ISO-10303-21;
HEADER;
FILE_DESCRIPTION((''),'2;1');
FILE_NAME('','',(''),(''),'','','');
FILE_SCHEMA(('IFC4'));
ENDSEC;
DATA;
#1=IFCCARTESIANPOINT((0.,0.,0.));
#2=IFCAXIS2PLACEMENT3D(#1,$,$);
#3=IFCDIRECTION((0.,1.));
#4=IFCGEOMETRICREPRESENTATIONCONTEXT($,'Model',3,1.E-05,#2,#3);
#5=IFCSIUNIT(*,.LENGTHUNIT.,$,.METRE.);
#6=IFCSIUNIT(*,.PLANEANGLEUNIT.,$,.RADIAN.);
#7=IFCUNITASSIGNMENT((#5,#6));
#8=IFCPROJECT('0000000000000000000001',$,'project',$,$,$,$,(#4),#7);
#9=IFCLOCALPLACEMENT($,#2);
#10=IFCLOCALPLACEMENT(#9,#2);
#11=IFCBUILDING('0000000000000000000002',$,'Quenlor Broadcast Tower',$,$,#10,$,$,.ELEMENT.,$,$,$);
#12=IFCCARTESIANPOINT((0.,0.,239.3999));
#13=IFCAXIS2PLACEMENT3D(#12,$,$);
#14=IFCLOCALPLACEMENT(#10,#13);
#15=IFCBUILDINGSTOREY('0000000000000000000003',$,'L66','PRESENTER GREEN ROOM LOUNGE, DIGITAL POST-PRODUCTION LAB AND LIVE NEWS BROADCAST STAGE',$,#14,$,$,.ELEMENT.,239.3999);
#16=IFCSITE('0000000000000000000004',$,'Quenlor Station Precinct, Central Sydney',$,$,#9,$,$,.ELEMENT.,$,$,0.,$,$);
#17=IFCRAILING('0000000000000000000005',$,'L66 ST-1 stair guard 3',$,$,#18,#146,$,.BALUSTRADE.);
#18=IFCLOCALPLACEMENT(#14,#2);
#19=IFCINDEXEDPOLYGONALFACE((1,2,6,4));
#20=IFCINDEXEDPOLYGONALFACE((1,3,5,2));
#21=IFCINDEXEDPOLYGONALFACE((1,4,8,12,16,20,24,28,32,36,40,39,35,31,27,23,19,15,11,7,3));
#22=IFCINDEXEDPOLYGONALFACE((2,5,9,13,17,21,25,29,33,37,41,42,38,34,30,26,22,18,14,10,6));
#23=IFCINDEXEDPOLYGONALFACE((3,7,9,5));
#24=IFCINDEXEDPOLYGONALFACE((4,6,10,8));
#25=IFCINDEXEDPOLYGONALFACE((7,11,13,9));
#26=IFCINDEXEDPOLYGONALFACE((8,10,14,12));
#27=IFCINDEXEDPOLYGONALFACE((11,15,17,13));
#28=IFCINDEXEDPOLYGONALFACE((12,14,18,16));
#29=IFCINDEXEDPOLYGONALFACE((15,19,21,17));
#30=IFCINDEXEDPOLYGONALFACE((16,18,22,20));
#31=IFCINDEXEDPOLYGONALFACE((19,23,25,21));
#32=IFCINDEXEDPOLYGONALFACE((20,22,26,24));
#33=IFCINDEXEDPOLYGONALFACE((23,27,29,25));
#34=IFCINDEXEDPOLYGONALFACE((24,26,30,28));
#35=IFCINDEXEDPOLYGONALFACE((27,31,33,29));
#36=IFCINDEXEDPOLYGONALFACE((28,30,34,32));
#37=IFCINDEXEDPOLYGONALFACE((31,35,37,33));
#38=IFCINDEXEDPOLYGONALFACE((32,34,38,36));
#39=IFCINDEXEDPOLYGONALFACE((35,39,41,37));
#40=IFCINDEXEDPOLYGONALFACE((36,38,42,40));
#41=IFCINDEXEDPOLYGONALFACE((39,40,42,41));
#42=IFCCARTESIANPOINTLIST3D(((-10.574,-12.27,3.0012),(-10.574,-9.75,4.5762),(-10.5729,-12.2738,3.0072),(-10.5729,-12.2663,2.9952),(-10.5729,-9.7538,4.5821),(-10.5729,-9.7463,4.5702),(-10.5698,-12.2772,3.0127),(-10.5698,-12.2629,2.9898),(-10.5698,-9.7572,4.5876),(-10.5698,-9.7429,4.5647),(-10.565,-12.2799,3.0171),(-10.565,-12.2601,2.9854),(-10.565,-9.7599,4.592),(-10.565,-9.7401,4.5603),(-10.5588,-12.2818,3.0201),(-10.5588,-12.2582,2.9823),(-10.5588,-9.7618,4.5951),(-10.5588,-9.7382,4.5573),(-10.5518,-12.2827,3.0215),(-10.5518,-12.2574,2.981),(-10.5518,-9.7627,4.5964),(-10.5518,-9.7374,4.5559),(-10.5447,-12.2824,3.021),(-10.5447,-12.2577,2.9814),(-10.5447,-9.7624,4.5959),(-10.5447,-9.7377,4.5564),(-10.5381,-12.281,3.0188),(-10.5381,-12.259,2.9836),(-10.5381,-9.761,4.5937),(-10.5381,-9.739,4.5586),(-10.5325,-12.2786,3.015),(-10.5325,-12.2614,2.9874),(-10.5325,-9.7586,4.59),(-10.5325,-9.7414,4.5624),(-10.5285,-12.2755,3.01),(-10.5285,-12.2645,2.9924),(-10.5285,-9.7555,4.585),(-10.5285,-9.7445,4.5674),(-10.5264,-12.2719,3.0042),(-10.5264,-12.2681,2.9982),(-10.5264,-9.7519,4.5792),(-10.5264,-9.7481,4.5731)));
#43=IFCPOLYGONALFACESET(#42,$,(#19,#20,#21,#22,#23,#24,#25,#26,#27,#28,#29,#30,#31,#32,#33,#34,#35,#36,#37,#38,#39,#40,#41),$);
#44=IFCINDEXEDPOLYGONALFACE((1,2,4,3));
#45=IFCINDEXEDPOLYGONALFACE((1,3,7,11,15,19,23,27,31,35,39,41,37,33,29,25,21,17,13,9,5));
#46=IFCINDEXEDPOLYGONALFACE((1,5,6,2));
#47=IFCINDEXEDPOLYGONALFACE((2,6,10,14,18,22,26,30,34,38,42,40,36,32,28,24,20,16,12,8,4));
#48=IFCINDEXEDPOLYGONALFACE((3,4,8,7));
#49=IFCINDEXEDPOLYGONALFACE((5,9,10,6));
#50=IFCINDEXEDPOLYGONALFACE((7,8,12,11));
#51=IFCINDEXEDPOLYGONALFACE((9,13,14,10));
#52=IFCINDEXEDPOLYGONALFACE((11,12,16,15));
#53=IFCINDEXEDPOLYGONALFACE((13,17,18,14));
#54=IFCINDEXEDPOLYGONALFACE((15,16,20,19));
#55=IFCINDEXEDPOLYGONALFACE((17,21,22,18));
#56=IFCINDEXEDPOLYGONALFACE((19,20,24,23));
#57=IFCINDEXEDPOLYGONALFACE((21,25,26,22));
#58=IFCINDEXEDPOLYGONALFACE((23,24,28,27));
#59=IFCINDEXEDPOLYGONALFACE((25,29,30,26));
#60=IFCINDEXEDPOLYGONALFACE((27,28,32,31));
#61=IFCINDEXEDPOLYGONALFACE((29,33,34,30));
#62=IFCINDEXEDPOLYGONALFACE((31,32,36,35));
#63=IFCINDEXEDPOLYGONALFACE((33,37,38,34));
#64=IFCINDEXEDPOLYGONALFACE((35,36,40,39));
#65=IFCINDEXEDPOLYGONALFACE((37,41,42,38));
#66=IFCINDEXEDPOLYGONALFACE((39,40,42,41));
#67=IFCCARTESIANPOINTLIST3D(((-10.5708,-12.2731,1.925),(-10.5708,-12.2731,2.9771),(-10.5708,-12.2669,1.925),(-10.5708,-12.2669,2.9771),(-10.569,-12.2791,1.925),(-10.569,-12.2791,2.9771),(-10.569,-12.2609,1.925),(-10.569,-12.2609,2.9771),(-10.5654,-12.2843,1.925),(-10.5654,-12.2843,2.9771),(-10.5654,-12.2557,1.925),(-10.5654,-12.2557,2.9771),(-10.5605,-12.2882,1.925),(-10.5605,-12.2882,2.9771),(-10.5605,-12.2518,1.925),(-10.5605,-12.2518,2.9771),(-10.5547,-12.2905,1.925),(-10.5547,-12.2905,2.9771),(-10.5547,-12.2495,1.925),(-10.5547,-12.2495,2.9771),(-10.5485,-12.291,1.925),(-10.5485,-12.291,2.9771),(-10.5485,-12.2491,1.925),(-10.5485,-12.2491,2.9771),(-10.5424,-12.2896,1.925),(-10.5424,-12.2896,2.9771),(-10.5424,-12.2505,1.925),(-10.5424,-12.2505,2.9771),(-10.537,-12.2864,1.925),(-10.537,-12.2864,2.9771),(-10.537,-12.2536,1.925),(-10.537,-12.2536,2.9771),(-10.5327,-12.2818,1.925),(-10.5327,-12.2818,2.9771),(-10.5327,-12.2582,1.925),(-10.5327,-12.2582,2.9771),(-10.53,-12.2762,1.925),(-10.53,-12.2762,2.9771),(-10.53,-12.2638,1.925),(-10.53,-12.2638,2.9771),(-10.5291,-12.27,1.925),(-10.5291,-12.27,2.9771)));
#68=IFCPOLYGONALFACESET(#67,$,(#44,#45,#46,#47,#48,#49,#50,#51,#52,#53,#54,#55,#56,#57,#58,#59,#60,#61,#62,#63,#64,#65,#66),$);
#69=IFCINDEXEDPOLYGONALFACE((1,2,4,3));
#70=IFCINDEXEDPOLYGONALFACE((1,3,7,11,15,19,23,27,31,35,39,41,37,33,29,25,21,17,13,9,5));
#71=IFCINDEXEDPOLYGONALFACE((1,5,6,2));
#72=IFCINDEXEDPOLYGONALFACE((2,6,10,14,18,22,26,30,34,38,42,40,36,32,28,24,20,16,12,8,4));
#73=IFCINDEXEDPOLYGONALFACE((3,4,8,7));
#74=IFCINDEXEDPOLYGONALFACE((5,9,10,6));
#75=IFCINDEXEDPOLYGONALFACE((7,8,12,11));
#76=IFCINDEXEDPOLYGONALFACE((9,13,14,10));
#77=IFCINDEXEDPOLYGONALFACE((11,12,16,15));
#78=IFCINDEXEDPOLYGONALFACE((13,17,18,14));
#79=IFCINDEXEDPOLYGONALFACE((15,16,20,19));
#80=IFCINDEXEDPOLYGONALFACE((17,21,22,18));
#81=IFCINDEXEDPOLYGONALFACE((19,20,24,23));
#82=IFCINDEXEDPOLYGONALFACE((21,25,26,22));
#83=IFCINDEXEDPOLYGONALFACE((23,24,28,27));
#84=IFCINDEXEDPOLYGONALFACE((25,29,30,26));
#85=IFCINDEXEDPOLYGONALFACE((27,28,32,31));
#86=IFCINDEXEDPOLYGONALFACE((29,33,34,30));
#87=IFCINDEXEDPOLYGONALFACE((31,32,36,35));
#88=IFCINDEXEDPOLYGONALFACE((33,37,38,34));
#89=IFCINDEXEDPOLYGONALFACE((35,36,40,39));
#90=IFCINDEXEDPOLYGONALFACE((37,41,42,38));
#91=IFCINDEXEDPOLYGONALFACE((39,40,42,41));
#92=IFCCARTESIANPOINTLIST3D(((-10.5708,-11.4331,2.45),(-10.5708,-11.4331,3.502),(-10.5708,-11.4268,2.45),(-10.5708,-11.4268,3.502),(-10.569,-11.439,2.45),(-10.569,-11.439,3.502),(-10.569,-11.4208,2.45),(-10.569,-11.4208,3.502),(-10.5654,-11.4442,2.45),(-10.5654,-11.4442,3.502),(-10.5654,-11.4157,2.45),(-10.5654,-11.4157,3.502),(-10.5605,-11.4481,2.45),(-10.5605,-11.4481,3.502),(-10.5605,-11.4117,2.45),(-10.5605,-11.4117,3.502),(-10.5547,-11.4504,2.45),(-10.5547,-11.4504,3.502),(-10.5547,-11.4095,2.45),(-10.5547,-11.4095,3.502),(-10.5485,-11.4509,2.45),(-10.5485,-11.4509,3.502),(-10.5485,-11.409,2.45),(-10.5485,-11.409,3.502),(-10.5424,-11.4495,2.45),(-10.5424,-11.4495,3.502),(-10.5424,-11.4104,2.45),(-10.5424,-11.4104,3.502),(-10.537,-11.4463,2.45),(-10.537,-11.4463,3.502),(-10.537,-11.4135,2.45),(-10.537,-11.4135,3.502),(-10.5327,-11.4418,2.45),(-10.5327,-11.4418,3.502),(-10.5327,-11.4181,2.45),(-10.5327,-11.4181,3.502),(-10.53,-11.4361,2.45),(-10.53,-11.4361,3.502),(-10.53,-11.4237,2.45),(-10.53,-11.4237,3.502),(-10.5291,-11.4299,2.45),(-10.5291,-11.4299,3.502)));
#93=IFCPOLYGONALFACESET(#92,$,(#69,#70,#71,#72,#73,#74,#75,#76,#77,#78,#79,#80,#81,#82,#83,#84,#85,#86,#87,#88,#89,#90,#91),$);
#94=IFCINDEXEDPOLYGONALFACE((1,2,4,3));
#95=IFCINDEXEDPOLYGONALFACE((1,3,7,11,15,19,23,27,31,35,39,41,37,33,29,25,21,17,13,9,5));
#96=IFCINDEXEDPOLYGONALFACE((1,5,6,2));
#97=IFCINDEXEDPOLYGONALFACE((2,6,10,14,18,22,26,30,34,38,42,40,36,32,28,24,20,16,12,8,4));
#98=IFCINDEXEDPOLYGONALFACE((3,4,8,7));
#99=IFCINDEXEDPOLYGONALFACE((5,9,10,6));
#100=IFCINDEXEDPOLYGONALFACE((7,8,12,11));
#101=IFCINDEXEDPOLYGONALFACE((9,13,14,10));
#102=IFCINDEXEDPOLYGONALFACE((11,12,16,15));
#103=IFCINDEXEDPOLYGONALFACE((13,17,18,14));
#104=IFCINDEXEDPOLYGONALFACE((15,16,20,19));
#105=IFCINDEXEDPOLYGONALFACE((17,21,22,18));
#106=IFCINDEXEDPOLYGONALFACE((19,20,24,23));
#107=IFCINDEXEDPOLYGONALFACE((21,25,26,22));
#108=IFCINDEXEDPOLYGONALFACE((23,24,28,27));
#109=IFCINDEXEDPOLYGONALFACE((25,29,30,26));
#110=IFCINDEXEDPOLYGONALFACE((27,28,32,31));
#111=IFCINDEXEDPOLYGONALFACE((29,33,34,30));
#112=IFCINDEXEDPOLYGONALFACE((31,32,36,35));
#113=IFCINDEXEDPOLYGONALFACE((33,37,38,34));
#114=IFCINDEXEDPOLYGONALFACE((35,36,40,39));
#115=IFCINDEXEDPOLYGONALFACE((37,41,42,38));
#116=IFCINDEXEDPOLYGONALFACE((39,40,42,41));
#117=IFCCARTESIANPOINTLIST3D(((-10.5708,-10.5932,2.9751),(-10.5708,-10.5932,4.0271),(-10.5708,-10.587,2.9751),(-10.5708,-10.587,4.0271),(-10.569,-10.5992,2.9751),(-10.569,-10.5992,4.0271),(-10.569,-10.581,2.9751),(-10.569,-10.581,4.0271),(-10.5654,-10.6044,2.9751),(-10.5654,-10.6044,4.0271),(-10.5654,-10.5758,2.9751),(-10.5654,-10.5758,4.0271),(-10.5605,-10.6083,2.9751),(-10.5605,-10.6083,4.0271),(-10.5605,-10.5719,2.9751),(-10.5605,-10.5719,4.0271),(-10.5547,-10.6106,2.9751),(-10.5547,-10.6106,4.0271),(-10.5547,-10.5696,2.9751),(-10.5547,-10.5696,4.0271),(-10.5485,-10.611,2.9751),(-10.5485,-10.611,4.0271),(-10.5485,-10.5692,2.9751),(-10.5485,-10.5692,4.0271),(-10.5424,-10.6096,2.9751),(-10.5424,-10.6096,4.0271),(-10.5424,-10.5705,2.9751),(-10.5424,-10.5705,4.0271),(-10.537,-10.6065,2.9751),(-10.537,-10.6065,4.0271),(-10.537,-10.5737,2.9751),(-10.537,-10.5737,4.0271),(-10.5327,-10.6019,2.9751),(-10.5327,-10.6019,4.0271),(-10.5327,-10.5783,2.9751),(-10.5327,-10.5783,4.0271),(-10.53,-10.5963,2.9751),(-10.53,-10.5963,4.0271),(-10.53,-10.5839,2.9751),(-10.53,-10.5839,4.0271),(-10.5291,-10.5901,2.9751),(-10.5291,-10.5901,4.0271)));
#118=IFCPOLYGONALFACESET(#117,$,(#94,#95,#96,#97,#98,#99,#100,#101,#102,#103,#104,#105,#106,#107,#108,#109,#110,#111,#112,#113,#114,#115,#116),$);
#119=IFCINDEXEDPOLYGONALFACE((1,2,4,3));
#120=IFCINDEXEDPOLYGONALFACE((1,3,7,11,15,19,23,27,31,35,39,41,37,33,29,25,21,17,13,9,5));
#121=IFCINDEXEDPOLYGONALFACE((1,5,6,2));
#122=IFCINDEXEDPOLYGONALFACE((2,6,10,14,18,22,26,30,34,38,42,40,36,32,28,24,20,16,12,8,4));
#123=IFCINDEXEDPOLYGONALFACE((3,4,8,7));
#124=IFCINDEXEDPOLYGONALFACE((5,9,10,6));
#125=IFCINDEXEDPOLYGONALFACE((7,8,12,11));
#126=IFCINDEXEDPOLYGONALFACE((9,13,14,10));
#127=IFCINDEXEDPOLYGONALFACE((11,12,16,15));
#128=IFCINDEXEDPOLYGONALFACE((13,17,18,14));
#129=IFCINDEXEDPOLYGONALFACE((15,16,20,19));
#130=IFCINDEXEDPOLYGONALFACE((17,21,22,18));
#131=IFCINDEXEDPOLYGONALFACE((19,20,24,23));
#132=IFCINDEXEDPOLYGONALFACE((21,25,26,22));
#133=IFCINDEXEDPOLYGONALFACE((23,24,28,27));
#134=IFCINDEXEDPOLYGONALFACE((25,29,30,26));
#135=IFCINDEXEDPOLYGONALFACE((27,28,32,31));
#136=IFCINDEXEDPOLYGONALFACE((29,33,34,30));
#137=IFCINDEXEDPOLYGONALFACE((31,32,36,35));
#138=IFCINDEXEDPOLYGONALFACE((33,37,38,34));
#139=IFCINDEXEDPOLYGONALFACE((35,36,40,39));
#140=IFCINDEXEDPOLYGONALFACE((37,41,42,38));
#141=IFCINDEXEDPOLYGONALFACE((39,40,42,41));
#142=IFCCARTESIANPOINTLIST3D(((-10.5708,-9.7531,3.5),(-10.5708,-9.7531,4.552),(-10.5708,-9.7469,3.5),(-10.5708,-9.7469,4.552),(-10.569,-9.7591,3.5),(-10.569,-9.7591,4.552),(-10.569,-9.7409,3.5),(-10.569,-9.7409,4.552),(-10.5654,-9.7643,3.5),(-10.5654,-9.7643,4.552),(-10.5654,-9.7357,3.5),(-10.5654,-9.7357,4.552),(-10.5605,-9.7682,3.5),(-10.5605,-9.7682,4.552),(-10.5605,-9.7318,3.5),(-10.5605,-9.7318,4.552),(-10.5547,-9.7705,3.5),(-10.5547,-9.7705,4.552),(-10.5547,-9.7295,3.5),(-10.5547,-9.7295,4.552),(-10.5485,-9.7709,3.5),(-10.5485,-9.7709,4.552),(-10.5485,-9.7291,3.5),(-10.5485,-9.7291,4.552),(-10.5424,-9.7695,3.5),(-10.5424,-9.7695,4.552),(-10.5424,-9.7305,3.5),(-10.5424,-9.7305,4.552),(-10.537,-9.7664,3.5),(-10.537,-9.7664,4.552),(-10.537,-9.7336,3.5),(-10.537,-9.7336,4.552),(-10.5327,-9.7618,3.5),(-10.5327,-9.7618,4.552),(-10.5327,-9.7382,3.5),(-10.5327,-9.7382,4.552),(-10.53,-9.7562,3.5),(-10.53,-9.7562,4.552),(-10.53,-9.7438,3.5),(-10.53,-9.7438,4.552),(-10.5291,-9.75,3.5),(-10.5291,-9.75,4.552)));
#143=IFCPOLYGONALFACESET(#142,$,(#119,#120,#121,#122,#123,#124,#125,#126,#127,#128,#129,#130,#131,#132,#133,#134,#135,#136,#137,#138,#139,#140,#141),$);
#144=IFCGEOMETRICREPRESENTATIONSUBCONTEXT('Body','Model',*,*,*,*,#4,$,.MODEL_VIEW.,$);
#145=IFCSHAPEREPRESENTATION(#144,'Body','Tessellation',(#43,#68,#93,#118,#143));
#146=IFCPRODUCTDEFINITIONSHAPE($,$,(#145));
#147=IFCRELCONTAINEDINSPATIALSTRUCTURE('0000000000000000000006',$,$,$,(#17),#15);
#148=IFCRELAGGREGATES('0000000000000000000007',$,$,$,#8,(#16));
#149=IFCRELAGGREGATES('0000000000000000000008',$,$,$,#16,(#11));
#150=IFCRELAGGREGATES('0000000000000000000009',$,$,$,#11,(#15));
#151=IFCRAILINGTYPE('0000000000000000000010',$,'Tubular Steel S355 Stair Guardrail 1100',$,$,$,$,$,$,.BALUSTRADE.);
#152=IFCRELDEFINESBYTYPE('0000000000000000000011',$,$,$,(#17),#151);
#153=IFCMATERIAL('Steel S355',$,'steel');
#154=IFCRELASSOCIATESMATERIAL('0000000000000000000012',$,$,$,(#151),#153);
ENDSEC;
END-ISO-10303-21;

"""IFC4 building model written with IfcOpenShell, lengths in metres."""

from ifc_helpers import new_model, si_unit, direction, frame, origin, origin_2d, place, context, subcontext, project, spatial, circle, extrude, material, type_object, element, save


model = new_model("IFC4")

# Units and contexts
model_context = context("Model", 3, precision=1e-05, world=origin(), true_north=direction((0.0, 1.0)))
body_context = subcontext(model_context, "Body", "Model", "MODEL_VIEW")
ifc_project = project(units=[si_unit("LENGTHUNIT", "METRE"), si_unit("PLANEANGLEUNIT", "RADIAN")], contexts=[model_context])

# Site, building, storey
site_placement = place(None, origin())
site = spatial("IfcSite", under=ifc_project, at=site_placement, Name="Quenlor Station Precinct, Central Sydney", CompositionType="ELEMENT", RefElevation=0.0)
building_placement = place(site_placement, origin())
building = spatial("IfcBuilding", under=site, at=building_placement, Name="Quenlor Broadcast Tower", CompositionType="ELEMENT")
storey_placement = place(building_placement, frame((0.0, 0.0, 239.3999)))
storey = spatial("IfcBuildingStorey", under=building, at=storey_placement, Name="L66", Description="PRESENTER GREEN ROOM LOUNGE, DIGITAL POST-PRODUCTION LAB AND LIVE NEWS BROADCAST STAGE", CompositionType="ELEMENT", Elevation=239.3999)

# Railing
ifc_material_1 = material(Name="Steel S355", Category="steel")
railing_type_1 = type_object("IfcRailingType", Name="Tubular Steel S355 Stair Guardrail 1100", PredefinedType="BALUSTRADE", material=ifc_material_1)
railing_1_placement = place(storey_placement, frame((-10.55, -12.27, 1.925)))
element("IfcRailing", 1, at=railing_1_placement, inside=storey, type_object=railing_type_1, Name="L66 ST-1 stair guard 3", PredefinedType="BALUSTRADE", context=body_context, shape_type="SweptSolid", body=[
    extrude(circle(Radius=0.0239, at=origin_2d()), frame((0.0, 0.0, 1.0762), z_axis=(0.0, 0.848008, 0.529984), x_axis=(-1.0, 0.0, 0.0)), (0.0, 0.0, 1.0), 2.9717),
    extrude(circle(Radius=0.021, at=origin_2d()), origin(), (0.0, 0.0, 1.0), 1.052),
    extrude(circle(Radius=0.021, at=origin_2d()), frame((0.0, 0.8401, 0.5249)), (0.0, 0.0, 1.0), 1.052),
    extrude(circle(Radius=0.021, at=origin_2d()), frame((0.0, 1.6799, 1.05)), (0.0, 0.0, 1.0), 1.052),
    extrude(circle(Radius=0.021, at=origin_2d()), frame((0.0, 2.52, 1.575)), (0.0, 0.0, 1.0), 1.052),
])

save(model, "model.ifc")
